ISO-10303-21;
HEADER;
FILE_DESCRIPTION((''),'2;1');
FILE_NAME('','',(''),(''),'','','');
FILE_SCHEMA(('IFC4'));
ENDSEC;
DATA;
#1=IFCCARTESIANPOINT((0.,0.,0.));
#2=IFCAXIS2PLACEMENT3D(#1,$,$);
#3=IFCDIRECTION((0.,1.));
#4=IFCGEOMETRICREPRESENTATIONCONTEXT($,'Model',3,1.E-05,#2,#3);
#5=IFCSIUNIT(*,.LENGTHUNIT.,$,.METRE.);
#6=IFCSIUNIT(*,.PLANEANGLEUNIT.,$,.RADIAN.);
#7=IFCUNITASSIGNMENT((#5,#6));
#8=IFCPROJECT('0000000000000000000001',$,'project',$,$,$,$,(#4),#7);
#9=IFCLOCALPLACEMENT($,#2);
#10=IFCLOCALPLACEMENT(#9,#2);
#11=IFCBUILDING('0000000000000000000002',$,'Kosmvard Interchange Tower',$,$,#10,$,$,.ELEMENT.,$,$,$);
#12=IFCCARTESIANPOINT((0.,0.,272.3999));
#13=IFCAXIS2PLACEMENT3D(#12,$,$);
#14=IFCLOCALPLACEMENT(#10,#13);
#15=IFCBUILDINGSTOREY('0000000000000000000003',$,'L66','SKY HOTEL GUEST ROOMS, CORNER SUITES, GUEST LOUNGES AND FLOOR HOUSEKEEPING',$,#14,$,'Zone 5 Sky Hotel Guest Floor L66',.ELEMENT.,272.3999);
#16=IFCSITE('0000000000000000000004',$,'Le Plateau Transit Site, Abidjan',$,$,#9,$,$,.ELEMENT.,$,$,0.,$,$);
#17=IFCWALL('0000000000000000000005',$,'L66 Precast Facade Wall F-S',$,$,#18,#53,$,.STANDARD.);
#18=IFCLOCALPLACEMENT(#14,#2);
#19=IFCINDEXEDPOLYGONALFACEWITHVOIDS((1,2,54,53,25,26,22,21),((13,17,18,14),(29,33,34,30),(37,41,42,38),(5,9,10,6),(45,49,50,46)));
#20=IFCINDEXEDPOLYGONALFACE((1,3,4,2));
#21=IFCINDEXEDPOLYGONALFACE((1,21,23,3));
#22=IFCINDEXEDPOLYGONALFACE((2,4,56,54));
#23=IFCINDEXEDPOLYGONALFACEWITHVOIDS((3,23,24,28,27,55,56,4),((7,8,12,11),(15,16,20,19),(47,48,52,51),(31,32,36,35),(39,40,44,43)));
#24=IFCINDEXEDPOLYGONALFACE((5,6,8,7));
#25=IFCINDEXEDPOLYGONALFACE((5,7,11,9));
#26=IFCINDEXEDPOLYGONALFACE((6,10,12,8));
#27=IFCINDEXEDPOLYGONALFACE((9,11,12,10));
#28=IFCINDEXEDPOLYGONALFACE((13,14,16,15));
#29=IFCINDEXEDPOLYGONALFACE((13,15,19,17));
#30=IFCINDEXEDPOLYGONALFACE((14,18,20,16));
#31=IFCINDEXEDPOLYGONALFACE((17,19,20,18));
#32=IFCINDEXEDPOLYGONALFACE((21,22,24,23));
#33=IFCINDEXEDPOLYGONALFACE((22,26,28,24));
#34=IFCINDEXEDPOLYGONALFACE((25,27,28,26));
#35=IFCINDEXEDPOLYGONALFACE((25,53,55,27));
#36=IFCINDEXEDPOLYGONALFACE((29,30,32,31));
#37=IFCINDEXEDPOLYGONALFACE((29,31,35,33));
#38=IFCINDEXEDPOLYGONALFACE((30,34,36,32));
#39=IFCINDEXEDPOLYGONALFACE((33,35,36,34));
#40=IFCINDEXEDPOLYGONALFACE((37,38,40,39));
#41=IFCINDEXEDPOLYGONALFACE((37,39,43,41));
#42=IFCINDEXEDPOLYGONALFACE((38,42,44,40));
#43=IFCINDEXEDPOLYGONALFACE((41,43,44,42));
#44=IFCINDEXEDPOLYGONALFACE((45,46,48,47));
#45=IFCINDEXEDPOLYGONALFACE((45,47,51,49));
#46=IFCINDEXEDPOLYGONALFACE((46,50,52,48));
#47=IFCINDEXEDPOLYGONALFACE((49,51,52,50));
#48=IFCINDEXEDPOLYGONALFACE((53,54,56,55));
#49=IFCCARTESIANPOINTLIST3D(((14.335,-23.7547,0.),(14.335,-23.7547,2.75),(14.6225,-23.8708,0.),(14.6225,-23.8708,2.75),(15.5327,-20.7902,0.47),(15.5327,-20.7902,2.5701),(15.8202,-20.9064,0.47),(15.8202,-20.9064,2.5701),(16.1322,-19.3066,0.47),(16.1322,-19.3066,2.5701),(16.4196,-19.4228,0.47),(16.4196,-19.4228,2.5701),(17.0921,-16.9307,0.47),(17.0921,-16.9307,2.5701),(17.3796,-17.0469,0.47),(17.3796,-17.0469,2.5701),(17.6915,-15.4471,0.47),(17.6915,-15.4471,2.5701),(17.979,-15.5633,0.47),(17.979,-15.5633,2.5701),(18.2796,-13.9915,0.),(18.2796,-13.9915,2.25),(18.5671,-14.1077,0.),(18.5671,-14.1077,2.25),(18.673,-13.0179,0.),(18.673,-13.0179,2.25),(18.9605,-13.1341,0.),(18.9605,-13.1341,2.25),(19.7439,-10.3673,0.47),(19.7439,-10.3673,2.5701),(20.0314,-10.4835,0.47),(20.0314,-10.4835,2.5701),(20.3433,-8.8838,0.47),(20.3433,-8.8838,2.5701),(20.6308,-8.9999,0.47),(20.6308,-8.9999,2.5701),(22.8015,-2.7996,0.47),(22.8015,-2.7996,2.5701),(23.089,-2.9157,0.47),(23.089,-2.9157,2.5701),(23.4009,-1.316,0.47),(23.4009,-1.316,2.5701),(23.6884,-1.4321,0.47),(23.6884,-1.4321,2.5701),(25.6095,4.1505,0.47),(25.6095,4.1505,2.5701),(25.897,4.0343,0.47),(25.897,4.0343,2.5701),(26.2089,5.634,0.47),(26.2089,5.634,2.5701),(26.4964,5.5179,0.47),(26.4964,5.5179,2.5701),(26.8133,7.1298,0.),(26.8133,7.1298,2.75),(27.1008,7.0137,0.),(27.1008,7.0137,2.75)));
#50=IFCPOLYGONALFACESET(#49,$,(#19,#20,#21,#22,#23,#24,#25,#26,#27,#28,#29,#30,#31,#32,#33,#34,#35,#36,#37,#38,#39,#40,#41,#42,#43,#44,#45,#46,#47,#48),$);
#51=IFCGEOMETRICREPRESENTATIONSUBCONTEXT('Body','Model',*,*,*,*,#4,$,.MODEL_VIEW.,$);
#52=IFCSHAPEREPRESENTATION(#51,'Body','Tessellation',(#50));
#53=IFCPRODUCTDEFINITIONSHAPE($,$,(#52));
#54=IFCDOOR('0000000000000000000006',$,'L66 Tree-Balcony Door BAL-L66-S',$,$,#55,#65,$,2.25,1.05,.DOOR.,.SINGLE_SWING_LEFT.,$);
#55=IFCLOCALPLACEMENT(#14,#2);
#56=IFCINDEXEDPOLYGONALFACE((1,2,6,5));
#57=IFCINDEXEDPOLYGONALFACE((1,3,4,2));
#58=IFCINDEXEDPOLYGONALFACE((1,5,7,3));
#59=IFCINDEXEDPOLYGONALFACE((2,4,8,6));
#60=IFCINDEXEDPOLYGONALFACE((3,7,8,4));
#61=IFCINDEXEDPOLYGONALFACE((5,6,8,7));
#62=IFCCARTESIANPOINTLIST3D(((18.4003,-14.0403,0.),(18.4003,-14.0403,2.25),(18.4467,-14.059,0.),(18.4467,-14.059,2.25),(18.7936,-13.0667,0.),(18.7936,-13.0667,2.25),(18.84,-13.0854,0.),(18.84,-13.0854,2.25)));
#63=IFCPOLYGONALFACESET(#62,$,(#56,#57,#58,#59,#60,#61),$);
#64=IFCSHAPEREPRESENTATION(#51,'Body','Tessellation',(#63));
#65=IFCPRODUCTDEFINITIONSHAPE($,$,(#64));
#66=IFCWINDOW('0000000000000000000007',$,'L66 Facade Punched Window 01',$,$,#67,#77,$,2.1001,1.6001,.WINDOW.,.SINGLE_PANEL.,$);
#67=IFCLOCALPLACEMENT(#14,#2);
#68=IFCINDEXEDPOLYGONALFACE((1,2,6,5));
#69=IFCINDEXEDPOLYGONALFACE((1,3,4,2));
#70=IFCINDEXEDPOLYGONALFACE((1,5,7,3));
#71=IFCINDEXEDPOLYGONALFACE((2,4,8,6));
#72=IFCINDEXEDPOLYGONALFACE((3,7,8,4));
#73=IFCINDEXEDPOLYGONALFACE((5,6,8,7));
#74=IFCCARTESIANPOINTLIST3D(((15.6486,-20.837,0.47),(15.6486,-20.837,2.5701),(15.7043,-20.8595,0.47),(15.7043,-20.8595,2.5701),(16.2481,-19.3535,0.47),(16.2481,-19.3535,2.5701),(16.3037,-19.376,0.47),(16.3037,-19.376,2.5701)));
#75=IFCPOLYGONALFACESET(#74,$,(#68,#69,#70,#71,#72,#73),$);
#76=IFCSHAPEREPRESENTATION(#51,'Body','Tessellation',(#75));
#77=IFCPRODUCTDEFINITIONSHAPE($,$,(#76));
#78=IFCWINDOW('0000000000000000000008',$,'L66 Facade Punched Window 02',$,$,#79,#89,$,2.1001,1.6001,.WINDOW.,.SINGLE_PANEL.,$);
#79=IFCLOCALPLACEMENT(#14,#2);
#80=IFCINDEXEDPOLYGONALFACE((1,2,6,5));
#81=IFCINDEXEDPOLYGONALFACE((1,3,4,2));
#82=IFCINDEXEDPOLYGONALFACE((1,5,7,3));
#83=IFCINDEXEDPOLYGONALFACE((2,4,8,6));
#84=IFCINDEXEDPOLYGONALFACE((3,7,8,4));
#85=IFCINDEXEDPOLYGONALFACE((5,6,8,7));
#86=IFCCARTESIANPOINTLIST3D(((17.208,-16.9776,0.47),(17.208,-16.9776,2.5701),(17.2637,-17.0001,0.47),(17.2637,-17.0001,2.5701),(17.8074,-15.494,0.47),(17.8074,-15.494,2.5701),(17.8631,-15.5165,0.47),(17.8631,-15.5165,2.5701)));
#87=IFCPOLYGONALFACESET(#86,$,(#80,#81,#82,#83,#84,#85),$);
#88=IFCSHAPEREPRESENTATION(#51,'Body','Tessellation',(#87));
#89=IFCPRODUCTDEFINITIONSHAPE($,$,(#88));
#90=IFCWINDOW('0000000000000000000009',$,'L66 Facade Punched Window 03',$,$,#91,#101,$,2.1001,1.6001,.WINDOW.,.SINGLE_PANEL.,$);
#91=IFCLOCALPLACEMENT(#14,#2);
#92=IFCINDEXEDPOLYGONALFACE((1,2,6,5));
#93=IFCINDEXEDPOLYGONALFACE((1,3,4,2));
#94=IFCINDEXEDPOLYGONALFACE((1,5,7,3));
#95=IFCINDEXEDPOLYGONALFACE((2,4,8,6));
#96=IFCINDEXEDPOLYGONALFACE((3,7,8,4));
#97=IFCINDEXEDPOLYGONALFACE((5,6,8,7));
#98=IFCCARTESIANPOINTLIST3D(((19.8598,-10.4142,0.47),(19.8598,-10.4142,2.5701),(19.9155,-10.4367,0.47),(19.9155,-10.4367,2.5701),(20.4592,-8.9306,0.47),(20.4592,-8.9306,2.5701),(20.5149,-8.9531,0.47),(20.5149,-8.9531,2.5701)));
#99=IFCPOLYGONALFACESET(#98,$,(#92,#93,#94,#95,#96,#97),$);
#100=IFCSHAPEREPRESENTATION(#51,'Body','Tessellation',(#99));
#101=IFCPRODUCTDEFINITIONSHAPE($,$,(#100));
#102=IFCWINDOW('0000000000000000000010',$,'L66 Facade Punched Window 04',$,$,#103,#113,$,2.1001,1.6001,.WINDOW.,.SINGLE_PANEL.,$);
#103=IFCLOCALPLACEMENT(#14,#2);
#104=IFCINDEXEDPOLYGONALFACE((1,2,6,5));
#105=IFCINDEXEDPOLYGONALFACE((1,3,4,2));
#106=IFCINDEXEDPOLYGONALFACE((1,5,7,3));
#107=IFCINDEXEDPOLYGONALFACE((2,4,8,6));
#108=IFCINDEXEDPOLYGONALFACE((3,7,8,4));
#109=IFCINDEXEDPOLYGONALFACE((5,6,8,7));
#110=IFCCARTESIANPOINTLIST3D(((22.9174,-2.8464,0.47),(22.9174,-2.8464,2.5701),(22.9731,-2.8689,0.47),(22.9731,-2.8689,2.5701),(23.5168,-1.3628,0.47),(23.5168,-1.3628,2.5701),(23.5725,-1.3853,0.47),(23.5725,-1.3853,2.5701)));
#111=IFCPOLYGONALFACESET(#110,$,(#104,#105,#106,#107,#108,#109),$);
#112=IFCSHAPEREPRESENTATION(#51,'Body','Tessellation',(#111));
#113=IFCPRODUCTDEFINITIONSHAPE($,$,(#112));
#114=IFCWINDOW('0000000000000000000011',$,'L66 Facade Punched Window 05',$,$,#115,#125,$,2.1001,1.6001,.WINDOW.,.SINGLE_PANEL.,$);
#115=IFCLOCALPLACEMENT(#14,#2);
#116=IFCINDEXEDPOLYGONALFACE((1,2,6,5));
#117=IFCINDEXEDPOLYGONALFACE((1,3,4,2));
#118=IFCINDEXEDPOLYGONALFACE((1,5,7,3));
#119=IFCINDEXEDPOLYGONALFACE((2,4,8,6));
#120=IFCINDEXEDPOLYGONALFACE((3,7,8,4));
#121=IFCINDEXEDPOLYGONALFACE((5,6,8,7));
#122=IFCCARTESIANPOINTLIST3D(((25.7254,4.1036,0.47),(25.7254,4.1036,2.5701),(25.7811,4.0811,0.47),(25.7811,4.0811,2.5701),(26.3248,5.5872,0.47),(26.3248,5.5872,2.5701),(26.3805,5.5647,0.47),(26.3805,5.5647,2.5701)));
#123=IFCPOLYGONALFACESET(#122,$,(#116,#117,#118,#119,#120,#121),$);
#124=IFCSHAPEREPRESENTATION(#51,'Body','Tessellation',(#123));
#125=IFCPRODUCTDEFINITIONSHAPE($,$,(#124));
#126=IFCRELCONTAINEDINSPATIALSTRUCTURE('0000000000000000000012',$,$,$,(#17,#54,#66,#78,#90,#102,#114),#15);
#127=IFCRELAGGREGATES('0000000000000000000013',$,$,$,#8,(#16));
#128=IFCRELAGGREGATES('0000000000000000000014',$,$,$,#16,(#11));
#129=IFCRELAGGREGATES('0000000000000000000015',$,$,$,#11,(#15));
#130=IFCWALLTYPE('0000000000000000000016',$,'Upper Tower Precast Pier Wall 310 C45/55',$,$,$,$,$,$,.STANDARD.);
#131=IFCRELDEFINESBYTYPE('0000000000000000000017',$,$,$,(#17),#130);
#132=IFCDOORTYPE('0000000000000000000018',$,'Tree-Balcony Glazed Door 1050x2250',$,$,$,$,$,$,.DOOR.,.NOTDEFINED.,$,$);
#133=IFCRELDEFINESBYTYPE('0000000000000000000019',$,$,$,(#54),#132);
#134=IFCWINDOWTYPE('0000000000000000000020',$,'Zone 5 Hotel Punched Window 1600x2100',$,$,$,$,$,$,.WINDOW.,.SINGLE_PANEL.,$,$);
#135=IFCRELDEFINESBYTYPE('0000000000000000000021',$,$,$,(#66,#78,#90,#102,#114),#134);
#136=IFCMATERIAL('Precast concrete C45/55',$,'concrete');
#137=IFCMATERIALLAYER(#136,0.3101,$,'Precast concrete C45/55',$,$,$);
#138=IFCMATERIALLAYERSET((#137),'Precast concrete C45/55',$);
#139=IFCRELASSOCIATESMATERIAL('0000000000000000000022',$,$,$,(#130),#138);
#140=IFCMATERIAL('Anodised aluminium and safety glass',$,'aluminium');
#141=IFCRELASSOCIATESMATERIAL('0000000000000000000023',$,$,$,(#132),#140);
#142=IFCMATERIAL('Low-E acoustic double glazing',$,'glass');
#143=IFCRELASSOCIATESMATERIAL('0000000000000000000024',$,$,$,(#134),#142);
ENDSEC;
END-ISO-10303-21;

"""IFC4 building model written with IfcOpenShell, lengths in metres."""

from ifc_helpers import new_model, si_unit, direction, frame, frame_2d, origin, place, context, subcontext, project, spatial, rectangle, extrude, source, transform, mapped, material, layer, layer_set, type_object, element, fill, save


model = new_model("IFC4")

# Units and contexts
model_context = context("Model", 3, precision=1e-05, world=origin(), true_north=direction((0.0, 1.0)))
body_context = subcontext(model_context, "Body", "Model", "MODEL_VIEW")
ifc_project = project(units=[si_unit("LENGTHUNIT", "METRE"), si_unit("PLANEANGLEUNIT", "RADIAN")], contexts=[model_context])

# Site, building, storey
site_placement = place(None, origin())
site = spatial("IfcSite", under=ifc_project, at=site_placement, Name="Le Plateau Transit Site, Abidjan", CompositionType="ELEMENT", RefElevation=0.0)
building_placement = place(site_placement, origin())
building = spatial("IfcBuilding", under=site, at=building_placement, Name="Kosmvard Interchange Tower", CompositionType="ELEMENT")
storey_placement = place(building_placement, frame((0.0, 0.0, 272.3999)))
storey = spatial("IfcBuildingStorey", under=building, at=storey_placement, Name="L66", Description="SKY HOTEL GUEST ROOMS, CORNER SUITES, GUEST LOUNGES AND FLOOR HOUSEKEEPING", LongName="Zone 5 Sky Hotel Guest Floor L66", CompositionType="ELEMENT", Elevation=272.3999)

# Wall, openings, door, windows
ifc_material_1 = material(Name="Precast concrete C45/55", Category="concrete")
ifc_layer_1 = layer(ifc_material_1, 0.3101, Name="Precast concrete C45/55")
ifc_layer_set_1 = layer_set([ifc_layer_1], Name="Precast concrete C45/55")
wall_type = type_object("IfcWallType", Name="Upper Tower Precast Pier Wall 310 C45/55", PredefinedType="STANDARD", material=ifc_layer_set_1)
wall_placement = place(storey_placement, frame((14.4788, -23.8127, 0.0), z_axis=(0.0, 0.0, 1.0), x_axis=(0.37461, 0.927183, 0.0)))
wall = element("IfcWall", 1, at=wall_placement, inside=storey, type_object=wall_type, Name="L66 Precast Facade Wall F-S", PredefinedType="STANDARD", context=body_context, shape_type="SweptSolid", body=[
    extrude(rectangle(XDim=33.3101, YDim=0.3101, at=frame_2d((16.655, 0.0))), origin(), (0.0, 0.0, 1.0), 2.75),
])
opening_1_placement = place(wall_placement, frame((10.53, 0.0, 0.0)))
opening_1 = element("IfcOpeningElement", 2, at=opening_1_placement, cuts=wall, PredefinedType="OPENING", context=body_context, shape_type="SweptSolid", body=[
    extrude(rectangle(XDim=1.05, YDim=2.25, at=frame_2d((0.5249, 1.125))), frame((0.0, 0.165, 0.0), z_axis=(0.0, -1.0, 0.0), x_axis=(1.0, 0.0, 0.0)), (0.0, 0.0, 1.0), 0.3301),
])
opening_2_placement = place(wall_placement, frame((3.1973, 0.0, 0.47)))
opening_2 = element("IfcOpeningElement", 3, at=opening_2_placement, cuts=wall, PredefinedType="OPENING", context=body_context, shape_type="SweptSolid", body=[
    extrude(rectangle(XDim=1.6001, YDim=2.1001, at=frame_2d((0.8, 1.05))), frame((0.0, 0.165, 0.0), z_axis=(0.0, -1.0, 0.0), x_axis=(1.0, 0.0, 0.0)), (0.0, 0.0, 1.0), 0.3301),
])
opening_3_placement = place(wall_placement, frame((7.3599, 0.0, 0.47)))
opening_3 = element("IfcOpeningElement", 4, at=opening_3_placement, cuts=wall, PredefinedType="OPENING", context=body_context, shape_type="SweptSolid", body=[
    extrude(rectangle(XDim=1.6001, YDim=2.1001, at=frame_2d((0.8, 1.05))), frame((0.0, 0.165, 0.0), z_axis=(0.0, -1.0, 0.0), x_axis=(1.0, 0.0, 0.0)), (0.0, 0.0, 1.0), 0.3301),
])
opening_4_placement = place(wall_placement, frame((14.4387, 0.0, 0.47)))
opening_4 = element("IfcOpeningElement", 5, at=opening_4_placement, cuts=wall, PredefinedType="OPENING", context=body_context, shape_type="SweptSolid", body=[
    extrude(rectangle(XDim=1.6001, YDim=2.1001, at=frame_2d((0.8, 1.05))), frame((0.0, 0.165, 0.0), z_axis=(0.0, -1.0, 0.0), x_axis=(1.0, 0.0, 0.0)), (0.0, 0.0, 1.0), 0.3301),
])
opening_5_placement = place(wall_placement, frame((22.6008, 0.0, 0.47)))
opening_5 = element("IfcOpeningElement", 6, at=opening_5_placement, cuts=wall, PredefinedType="OPENING", context=body_context, shape_type="SweptSolid", body=[
    extrude(rectangle(XDim=1.6001, YDim=2.1001, at=frame_2d((0.8, 1.05))), frame((0.0, 0.165, 0.0), z_axis=(0.0, -1.0, 0.0), x_axis=(1.0, 0.0, 0.0)), (0.0, 0.0, 1.0), 0.3301),
])
opening_6_placement = place(wall_placement, frame((30.0967, 0.0, 0.47)))
opening_6 = element("IfcOpeningElement", 7, at=opening_6_placement, cuts=wall, PredefinedType="OPENING", context=body_context, shape_type="SweptSolid", body=[
    extrude(rectangle(XDim=1.6001, YDim=2.1001, at=frame_2d((0.8, 1.05))), frame((0.0, 0.165, 0.0), z_axis=(0.0, -1.0, 0.0), x_axis=(1.0, 0.0, 0.0)), (0.0, 0.0, 1.0), 0.3301),
])
ifc_material_2 = material(Name="Anodised aluminium and safety glass", Category="aluminium")
door_type = type_object("IfcDoorType", Name="Tree-Balcony Glazed Door 1050x2250", OperationType="NOTDEFINED", PredefinedType="DOOR", material=ifc_material_2)
shared_shape_1 = source(origin(), body_context, "Body", "SweptSolid", [
    extrude(rectangle(XDim=1.05, YDim=2.25, at=frame_2d((0.5249, 1.125))), frame((0.0, 0.0249, 0.0), z_axis=(0.0, -1.0, 0.0), x_axis=(1.0, 0.0, 0.0)), (0.0, 0.0, 1.0), 0.05),
])
door_placement = place(opening_1_placement, origin())
door = element("IfcDoor", 8, at=door_placement, inside=storey, type_object=door_type, Name="L66 Tree-Balcony Door BAL-L66-S", OperationType="SINGLE_SWING_LEFT", OverallHeight=2.25, OverallWidth=1.05, PredefinedType="DOOR", context=body_context, shape_type="MappedRepresentation", body=[
    mapped(shared_shape_1, transform((0.0, 0.0, 0.0), scale=1.0)),
])
fill(opening_1, door)
ifc_material_3 = material(Name="Low-E acoustic double glazing", Category="glass")
window_type = type_object("IfcWindowType", Name="Zone 5 Hotel Punched Window 1600x2100", PartitioningType="SINGLE_PANEL", PredefinedType="WINDOW", material=ifc_material_3)
shared_shape_2 = source(origin(), body_context, "Body", "SweptSolid", [
    extrude(rectangle(XDim=1.6001, YDim=2.1001, at=frame_2d((0.8, 1.05))), frame((0.0, 0.03, 0.0), z_axis=(0.0, -1.0, 0.0), x_axis=(1.0, 0.0, 0.0)), (0.0, 0.0, 1.0), 0.0601),
])
window_1_placement = place(opening_2_placement, origin())
window_1 = element("IfcWindow", 9, at=window_1_placement, inside=storey, type_object=window_type, Name="L66 Facade Punched Window 01", OverallHeight=2.1001, OverallWidth=1.6001, PartitioningType="SINGLE_PANEL", PredefinedType="WINDOW", context=body_context, shape_type="MappedRepresentation", body=[
    mapped(shared_shape_2, transform((0.0, 0.0, 0.0), scale=1.0)),
])
fill(opening_2, window_1)
window_2_placement = place(opening_3_placement, origin())
window_2 = element("IfcWindow", 10, at=window_2_placement, inside=storey, type_object=window_type, Name="L66 Facade Punched Window 02", OverallHeight=2.1001, OverallWidth=1.6001, PartitioningType="SINGLE_PANEL", PredefinedType="WINDOW", context=body_context, shape_type="MappedRepresentation", body=[
    mapped(shared_shape_2, transform((0.0, 0.0, 0.0), scale=1.0)),
])
fill(opening_3, window_2)
window_3_placement = place(opening_4_placement, origin())
window_3 = element("IfcWindow", 11, at=window_3_placement, inside=storey, type_object=window_type, Name="L66 Facade Punched Window 03", OverallHeight=2.1001, OverallWidth=1.6001, PartitioningType="SINGLE_PANEL", PredefinedType="WINDOW", context=body_context, shape_type="MappedRepresentation", body=[
    mapped(shared_shape_2, transform((0.0, 0.0, 0.0), scale=1.0)),
])
fill(opening_4, window_3)
window_4_placement = place(opening_5_placement, origin())
window_4 = element("IfcWindow", 12, at=window_4_placement, inside=storey, type_object=window_type, Name="L66 Facade Punched Window 04", OverallHeight=2.1001, OverallWidth=1.6001, PartitioningType="SINGLE_PANEL", PredefinedType="WINDOW", context=body_context, shape_type="MappedRepresentation", body=[
    mapped(shared_shape_2, transform((0.0, 0.0, 0.0), scale=1.0)),
])
fill(opening_5, window_4)
window_5_placement = place(opening_6_placement, origin())
window_5 = element("IfcWindow", 13, at=window_5_placement, inside=storey, type_object=window_type, Name="L66 Facade Punched Window 05", OverallHeight=2.1001, OverallWidth=1.6001, PartitioningType="SINGLE_PANEL", PredefinedType="WINDOW", context=body_context, shape_type="MappedRepresentation", body=[
    mapped(shared_shape_2, transform((0.0, 0.0, 0.0), scale=1.0)),
])
fill(opening_6, window_5)

save(model, "model.ifc")
